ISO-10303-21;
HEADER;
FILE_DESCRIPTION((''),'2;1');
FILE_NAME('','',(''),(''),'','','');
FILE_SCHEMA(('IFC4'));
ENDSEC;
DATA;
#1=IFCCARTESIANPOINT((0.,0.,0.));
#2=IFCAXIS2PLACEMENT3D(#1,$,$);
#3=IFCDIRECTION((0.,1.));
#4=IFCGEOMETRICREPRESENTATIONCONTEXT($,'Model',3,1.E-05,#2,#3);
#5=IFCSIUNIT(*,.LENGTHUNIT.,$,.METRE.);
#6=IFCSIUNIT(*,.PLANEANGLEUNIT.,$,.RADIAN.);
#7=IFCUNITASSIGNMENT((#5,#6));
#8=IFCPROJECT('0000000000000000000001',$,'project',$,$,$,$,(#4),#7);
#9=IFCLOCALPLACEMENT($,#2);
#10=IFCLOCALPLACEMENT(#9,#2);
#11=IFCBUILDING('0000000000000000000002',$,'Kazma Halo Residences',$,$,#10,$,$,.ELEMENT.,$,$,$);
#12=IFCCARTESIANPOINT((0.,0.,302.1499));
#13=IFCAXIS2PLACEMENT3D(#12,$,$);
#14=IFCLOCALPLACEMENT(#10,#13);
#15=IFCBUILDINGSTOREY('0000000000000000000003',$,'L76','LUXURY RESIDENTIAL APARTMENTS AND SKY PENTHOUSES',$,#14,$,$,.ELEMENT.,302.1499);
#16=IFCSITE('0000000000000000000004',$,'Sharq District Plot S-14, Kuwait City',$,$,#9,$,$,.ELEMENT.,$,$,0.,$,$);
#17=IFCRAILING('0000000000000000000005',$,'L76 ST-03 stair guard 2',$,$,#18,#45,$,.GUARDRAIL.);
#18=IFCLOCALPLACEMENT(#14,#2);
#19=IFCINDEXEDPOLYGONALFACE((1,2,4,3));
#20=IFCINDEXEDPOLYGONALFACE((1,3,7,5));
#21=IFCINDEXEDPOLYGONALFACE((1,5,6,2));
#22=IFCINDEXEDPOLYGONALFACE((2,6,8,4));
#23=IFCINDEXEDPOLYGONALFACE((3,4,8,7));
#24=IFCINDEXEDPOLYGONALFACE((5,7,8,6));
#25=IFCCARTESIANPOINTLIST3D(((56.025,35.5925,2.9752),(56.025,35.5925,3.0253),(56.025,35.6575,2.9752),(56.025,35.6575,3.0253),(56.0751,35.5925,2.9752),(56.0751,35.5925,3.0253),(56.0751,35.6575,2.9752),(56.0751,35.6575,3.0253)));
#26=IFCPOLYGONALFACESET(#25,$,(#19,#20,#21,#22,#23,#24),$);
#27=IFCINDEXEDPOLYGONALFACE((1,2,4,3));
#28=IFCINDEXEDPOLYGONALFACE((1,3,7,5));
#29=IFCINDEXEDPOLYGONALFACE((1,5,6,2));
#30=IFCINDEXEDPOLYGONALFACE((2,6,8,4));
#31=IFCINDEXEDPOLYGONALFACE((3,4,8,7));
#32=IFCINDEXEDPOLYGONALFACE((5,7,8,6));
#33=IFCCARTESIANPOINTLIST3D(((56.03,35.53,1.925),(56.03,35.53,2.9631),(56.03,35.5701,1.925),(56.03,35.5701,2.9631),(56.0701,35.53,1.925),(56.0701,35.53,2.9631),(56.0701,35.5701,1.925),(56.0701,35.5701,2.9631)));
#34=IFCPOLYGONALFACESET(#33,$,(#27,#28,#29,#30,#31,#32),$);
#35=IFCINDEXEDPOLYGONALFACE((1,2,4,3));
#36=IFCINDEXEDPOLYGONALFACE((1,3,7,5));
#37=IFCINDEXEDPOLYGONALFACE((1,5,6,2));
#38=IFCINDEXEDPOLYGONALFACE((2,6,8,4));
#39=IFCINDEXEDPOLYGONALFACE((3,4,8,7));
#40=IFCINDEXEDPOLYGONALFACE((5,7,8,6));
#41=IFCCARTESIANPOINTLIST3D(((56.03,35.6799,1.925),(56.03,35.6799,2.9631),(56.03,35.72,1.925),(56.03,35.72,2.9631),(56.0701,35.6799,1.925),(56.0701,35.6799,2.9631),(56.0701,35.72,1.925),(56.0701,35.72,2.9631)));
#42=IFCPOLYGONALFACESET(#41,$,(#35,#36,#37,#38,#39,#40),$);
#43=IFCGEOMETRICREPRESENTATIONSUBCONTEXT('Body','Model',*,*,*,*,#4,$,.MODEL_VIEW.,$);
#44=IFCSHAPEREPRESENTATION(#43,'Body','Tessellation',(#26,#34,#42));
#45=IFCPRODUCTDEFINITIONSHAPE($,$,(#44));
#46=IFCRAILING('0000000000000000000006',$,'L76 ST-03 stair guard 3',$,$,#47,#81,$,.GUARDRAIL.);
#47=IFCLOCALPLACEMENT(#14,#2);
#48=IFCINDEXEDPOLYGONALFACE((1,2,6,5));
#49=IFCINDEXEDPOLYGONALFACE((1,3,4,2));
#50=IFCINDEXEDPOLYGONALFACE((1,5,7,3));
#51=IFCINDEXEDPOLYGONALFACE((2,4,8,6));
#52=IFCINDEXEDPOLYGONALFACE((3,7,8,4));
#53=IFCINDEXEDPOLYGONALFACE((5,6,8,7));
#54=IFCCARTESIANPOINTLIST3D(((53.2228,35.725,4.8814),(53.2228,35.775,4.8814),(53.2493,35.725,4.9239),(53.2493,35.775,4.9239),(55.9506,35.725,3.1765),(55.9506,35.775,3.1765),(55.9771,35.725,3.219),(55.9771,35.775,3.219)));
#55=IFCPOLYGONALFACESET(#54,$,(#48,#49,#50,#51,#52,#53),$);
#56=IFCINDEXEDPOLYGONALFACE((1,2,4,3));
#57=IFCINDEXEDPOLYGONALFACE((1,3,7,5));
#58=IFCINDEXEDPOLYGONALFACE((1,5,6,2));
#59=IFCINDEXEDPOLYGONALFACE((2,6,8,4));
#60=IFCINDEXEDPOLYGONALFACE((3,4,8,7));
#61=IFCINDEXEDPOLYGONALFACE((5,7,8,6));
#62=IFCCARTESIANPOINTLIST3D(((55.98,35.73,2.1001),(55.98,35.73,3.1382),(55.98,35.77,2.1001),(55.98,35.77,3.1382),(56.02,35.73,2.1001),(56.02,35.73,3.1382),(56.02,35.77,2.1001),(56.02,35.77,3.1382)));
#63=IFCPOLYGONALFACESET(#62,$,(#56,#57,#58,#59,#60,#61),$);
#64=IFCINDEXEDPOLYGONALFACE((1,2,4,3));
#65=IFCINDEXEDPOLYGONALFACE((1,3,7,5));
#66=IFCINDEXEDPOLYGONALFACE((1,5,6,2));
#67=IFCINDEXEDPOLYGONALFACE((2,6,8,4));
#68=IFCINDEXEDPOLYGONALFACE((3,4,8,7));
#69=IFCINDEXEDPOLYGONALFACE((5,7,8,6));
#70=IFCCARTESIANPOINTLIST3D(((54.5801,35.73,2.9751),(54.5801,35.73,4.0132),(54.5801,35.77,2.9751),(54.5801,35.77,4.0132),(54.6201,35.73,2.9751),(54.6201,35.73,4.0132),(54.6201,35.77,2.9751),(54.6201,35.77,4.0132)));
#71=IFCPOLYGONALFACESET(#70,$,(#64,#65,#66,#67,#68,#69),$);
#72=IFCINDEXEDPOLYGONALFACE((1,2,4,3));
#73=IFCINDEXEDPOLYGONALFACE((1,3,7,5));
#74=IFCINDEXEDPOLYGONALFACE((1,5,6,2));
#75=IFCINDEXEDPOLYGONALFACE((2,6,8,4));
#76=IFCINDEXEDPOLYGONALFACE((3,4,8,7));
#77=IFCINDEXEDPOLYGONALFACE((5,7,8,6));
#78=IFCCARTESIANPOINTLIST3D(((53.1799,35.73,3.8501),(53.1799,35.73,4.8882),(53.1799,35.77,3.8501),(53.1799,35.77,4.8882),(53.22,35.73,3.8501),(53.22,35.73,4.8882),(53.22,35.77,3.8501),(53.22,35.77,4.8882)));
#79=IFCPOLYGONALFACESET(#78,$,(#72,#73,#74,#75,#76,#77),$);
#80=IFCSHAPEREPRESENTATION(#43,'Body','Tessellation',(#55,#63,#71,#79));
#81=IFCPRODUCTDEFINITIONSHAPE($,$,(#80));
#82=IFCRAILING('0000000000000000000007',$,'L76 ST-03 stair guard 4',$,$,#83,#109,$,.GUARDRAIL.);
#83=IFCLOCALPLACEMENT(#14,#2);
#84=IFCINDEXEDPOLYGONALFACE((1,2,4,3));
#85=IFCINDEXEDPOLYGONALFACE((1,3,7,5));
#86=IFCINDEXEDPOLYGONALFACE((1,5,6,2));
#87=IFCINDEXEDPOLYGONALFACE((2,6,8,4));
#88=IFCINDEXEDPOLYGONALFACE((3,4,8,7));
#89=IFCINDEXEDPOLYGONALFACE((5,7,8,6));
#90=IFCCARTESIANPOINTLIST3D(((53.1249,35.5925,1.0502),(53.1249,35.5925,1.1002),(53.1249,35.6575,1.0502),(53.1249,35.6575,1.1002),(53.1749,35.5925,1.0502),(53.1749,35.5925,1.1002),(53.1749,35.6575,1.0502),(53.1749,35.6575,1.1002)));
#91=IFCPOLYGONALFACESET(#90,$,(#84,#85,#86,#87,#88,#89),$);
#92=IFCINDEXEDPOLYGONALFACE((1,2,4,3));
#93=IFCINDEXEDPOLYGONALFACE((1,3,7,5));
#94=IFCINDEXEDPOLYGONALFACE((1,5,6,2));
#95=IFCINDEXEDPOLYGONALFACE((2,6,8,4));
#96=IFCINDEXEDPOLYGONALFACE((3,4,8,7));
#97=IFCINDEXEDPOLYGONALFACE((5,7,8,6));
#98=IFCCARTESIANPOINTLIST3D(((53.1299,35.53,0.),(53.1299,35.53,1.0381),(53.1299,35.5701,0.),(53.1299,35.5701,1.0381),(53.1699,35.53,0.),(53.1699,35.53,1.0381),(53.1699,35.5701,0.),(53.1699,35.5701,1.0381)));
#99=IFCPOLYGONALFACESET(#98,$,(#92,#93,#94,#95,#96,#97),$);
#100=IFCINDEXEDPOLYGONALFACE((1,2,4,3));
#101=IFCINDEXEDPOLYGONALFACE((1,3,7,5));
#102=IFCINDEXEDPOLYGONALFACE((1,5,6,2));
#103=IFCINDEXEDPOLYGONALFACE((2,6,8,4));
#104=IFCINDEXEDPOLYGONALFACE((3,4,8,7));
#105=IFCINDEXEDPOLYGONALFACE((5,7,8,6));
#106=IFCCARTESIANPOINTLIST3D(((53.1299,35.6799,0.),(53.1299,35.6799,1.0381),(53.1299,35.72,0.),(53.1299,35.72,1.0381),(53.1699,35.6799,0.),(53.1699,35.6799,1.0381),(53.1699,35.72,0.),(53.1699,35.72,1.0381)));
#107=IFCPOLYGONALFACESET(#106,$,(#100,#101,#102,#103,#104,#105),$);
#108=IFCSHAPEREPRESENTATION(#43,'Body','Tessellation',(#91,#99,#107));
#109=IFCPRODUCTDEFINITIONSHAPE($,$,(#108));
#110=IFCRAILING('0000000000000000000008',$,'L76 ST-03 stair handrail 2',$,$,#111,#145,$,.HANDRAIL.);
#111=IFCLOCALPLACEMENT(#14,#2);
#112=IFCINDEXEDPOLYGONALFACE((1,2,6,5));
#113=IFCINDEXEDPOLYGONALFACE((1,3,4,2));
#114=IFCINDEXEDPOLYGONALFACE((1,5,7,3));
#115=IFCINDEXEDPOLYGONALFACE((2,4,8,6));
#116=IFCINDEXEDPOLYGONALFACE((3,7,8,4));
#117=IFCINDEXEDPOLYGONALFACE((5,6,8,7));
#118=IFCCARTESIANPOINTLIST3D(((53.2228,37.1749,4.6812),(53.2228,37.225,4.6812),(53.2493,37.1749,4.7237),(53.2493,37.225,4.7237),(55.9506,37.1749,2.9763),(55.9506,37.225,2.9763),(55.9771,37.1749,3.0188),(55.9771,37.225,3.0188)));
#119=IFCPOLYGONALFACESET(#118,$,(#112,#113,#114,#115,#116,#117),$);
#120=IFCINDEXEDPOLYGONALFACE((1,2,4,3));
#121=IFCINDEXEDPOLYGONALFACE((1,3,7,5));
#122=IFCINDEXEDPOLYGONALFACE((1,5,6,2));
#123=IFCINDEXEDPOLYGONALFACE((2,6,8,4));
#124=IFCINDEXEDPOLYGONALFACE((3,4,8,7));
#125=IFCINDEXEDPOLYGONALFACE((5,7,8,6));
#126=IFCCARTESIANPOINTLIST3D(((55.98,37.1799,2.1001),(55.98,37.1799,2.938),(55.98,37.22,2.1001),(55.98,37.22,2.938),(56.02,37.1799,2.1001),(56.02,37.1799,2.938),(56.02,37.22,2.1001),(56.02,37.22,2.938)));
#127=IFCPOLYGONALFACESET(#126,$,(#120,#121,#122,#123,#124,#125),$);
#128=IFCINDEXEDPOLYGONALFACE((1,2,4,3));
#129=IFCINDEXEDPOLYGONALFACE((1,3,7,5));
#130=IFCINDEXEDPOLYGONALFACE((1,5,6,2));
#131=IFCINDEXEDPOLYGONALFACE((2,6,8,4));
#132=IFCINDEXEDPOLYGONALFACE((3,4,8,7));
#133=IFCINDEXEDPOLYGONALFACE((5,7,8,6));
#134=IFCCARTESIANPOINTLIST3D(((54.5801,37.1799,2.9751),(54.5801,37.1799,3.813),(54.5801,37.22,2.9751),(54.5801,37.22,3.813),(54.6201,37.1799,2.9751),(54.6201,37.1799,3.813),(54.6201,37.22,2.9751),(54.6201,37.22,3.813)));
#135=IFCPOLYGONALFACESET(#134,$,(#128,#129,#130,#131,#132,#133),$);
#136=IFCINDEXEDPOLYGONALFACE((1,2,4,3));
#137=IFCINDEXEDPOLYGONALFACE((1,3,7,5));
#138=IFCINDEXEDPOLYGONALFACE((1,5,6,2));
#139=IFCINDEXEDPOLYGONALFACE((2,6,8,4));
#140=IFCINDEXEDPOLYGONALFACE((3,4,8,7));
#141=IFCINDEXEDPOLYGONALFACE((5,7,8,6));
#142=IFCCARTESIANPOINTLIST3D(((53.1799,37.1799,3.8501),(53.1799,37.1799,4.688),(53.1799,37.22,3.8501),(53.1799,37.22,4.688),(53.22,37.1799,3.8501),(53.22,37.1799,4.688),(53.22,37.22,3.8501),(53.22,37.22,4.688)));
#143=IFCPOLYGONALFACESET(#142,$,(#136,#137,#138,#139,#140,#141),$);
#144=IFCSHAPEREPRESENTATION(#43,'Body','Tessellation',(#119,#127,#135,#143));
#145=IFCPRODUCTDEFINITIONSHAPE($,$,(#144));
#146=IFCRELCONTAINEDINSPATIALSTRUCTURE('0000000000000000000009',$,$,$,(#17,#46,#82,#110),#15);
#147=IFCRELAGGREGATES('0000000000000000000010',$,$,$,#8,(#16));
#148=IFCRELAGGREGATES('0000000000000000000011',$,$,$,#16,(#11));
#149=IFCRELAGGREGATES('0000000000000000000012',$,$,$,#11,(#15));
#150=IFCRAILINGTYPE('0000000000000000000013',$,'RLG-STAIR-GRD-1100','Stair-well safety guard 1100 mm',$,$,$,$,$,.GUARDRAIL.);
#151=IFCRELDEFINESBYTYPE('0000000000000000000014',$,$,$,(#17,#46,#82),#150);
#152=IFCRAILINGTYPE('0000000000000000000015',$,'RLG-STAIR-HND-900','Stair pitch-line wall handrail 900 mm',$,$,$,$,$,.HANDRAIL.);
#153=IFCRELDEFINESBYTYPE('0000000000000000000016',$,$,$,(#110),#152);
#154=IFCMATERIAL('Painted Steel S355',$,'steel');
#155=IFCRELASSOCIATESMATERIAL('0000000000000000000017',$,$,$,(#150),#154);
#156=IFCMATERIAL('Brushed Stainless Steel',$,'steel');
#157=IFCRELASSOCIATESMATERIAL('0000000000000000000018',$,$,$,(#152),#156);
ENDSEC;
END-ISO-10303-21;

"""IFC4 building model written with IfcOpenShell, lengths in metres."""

from ifc_helpers import new_model, si_unit, direction, frame, origin, origin_2d, place, context, subcontext, project, spatial, rectangle, extrude, material, type_object, element, save


model = new_model("IFC4")

# Units and contexts
model_context = context("Model", 3, precision=1e-05, world=origin(), true_north=direction((0.0, 1.0)))
body_context = subcontext(model_context, "Body", "Model", "MODEL_VIEW")
ifc_project = project(units=[si_unit("LENGTHUNIT", "METRE"), si_unit("PLANEANGLEUNIT", "RADIAN")], contexts=[model_context])

# Site, building, storey
site_placement = place(None, origin())
site = spatial("IfcSite", under=ifc_project, at=site_placement, Name="Sharq District Plot S-14, Kuwait City", CompositionType="ELEMENT", RefElevation=0.0)
building_placement = place(site_placement, origin())
building = spatial("IfcBuilding", under=site, at=building_placement, Name="Kazma Halo Residences", CompositionType="ELEMENT")
storey_placement = place(building_placement, frame((0.0, 0.0, 302.1499)))
storey = spatial("IfcBuildingStorey", under=building, at=storey_placement, Name="L76", Description="LUXURY RESIDENTIAL APARTMENTS AND SKY PENTHOUSES", CompositionType="ELEMENT", Elevation=302.1499)

# Railings
ifc_material_1 = material(Name="Painted Steel S355", Category="steel")
railing_type_1 = type_object("IfcRailingType", Name="RLG-STAIR-GRD-1100", Description="Stair-well safety guard 1100 mm", PredefinedType="GUARDRAIL", material=ifc_material_1)
railing_1_placement = place(storey_placement, frame((56.05, 35.55, 1.925)))
element("IfcRailing", 1, at=railing_1_placement, inside=storey, type_object=railing_type_1, Name="L76 ST-03 stair guard 2", PredefinedType="GUARDRAIL", context=body_context, shape_type="SweptSolid", body=[
    extrude(rectangle(XDim=0.05, YDim=0.05, at=origin_2d()), frame((0.0, 0.0425, 1.0752), z_axis=(0.0, 1.0, 0.0), x_axis=(-1.0, 0.0, 0.0)), (0.0, 0.0, 1.0), 0.0649),
    extrude(rectangle(XDim=0.04, YDim=0.04, at=origin_2d()), origin(), (0.0, 0.0, 1.0), 1.0381),
    extrude(rectangle(XDim=0.04, YDim=0.04, at=origin_2d()), frame((0.0, 0.1499, 0.0)), (0.0, 0.0, 1.0), 1.0381),
])
railing_2_placement = place(storey_placement, frame((56.0, 35.75, 2.1001)))
element("IfcRailing", 2, at=railing_2_placement, inside=storey, type_object=railing_type_1, Name="L76 ST-03 stair guard 3", PredefinedType="GUARDRAIL", context=body_context, shape_type="SweptSolid", body=[
    extrude(rectangle(XDim=0.05, YDim=0.05, at=origin_2d()), frame((-0.0361, 0.0, 1.0977), z_axis=(-0.848002, 0.0, 0.529992), x_axis=(0.0, -1.0, 0.0)), (0.0, 0.0, 1.0), 3.2168),
    extrude(rectangle(XDim=0.04, YDim=0.04, at=origin_2d()), origin(), (0.0, 0.0, 1.0), 1.0381),
    extrude(rectangle(XDim=0.04, YDim=0.04, at=origin_2d()), frame((-1.3999, 0.0, 0.875)), (0.0, 0.0, 1.0), 1.0381),
    extrude(rectangle(XDim=0.04, YDim=0.04, at=origin_2d()), frame((-2.8, 0.0, 1.75)), (0.0, 0.0, 1.0), 1.0381),
])
railing_3_placement = place(storey_placement, frame((53.1499, 35.55, 0.0)))
element("IfcRailing", 3, at=railing_3_placement, inside=storey, type_object=railing_type_1, Name="L76 ST-03 stair guard 4", PredefinedType="GUARDRAIL", context=body_context, shape_type="SweptSolid", body=[
    extrude(rectangle(XDim=0.05, YDim=0.05, at=origin_2d()), frame((0.0, 0.0425, 1.0752), z_axis=(0.0, 1.0, 0.0), x_axis=(-1.0, 0.0, 0.0)), (0.0, 0.0, 1.0), 0.0649),
    extrude(rectangle(XDim=0.04, YDim=0.04, at=origin_2d()), origin(), (0.0, 0.0, 1.0), 1.0381),
    extrude(rectangle(XDim=0.04, YDim=0.04, at=origin_2d()), frame((0.0, 0.1499, 0.0)), (0.0, 0.0, 1.0), 1.0381),
])
ifc_material_2 = material(Name="Brushed Stainless Steel", Category="steel")
railing_type_2 = type_object("IfcRailingType", Name="RLG-STAIR-HND-900", Description="Stair pitch-line wall handrail 900 mm", PredefinedType="HANDRAIL", material=ifc_material_2)
railing_4_placement = place(storey_placement, frame((56.0, 37.2, 2.1001)))
element("IfcRailing", 4, at=railing_4_placement, inside=storey, type_object=railing_type_2, Name="L76 ST-03 stair handrail 2", PredefinedType="HANDRAIL", context=body_context, shape_type="SweptSolid", body=[
    extrude(rectangle(XDim=0.05, YDim=0.05, at=origin_2d()), frame((-0.0361, 0.0, 0.8975), z_axis=(-0.848002, 0.0, 0.529992), x_axis=(0.0, -1.0, 0.0)), (0.0, 0.0, 1.0), 3.2168),
    extrude(rectangle(XDim=0.04, YDim=0.04, at=origin_2d()), origin(), (0.0, 0.0, 1.0), 0.8379),
    extrude(rectangle(XDim=0.04, YDim=0.04, at=origin_2d()), frame((-1.3999, 0.0, 0.875)), (0.0, 0.0, 1.0), 0.8379),
    extrude(rectangle(XDim=0.04, YDim=0.04, at=origin_2d()), frame((-2.8, 0.0, 1.75)), (0.0, 0.0, 1.0), 0.8379),
])

save(model, "model.ifc")
